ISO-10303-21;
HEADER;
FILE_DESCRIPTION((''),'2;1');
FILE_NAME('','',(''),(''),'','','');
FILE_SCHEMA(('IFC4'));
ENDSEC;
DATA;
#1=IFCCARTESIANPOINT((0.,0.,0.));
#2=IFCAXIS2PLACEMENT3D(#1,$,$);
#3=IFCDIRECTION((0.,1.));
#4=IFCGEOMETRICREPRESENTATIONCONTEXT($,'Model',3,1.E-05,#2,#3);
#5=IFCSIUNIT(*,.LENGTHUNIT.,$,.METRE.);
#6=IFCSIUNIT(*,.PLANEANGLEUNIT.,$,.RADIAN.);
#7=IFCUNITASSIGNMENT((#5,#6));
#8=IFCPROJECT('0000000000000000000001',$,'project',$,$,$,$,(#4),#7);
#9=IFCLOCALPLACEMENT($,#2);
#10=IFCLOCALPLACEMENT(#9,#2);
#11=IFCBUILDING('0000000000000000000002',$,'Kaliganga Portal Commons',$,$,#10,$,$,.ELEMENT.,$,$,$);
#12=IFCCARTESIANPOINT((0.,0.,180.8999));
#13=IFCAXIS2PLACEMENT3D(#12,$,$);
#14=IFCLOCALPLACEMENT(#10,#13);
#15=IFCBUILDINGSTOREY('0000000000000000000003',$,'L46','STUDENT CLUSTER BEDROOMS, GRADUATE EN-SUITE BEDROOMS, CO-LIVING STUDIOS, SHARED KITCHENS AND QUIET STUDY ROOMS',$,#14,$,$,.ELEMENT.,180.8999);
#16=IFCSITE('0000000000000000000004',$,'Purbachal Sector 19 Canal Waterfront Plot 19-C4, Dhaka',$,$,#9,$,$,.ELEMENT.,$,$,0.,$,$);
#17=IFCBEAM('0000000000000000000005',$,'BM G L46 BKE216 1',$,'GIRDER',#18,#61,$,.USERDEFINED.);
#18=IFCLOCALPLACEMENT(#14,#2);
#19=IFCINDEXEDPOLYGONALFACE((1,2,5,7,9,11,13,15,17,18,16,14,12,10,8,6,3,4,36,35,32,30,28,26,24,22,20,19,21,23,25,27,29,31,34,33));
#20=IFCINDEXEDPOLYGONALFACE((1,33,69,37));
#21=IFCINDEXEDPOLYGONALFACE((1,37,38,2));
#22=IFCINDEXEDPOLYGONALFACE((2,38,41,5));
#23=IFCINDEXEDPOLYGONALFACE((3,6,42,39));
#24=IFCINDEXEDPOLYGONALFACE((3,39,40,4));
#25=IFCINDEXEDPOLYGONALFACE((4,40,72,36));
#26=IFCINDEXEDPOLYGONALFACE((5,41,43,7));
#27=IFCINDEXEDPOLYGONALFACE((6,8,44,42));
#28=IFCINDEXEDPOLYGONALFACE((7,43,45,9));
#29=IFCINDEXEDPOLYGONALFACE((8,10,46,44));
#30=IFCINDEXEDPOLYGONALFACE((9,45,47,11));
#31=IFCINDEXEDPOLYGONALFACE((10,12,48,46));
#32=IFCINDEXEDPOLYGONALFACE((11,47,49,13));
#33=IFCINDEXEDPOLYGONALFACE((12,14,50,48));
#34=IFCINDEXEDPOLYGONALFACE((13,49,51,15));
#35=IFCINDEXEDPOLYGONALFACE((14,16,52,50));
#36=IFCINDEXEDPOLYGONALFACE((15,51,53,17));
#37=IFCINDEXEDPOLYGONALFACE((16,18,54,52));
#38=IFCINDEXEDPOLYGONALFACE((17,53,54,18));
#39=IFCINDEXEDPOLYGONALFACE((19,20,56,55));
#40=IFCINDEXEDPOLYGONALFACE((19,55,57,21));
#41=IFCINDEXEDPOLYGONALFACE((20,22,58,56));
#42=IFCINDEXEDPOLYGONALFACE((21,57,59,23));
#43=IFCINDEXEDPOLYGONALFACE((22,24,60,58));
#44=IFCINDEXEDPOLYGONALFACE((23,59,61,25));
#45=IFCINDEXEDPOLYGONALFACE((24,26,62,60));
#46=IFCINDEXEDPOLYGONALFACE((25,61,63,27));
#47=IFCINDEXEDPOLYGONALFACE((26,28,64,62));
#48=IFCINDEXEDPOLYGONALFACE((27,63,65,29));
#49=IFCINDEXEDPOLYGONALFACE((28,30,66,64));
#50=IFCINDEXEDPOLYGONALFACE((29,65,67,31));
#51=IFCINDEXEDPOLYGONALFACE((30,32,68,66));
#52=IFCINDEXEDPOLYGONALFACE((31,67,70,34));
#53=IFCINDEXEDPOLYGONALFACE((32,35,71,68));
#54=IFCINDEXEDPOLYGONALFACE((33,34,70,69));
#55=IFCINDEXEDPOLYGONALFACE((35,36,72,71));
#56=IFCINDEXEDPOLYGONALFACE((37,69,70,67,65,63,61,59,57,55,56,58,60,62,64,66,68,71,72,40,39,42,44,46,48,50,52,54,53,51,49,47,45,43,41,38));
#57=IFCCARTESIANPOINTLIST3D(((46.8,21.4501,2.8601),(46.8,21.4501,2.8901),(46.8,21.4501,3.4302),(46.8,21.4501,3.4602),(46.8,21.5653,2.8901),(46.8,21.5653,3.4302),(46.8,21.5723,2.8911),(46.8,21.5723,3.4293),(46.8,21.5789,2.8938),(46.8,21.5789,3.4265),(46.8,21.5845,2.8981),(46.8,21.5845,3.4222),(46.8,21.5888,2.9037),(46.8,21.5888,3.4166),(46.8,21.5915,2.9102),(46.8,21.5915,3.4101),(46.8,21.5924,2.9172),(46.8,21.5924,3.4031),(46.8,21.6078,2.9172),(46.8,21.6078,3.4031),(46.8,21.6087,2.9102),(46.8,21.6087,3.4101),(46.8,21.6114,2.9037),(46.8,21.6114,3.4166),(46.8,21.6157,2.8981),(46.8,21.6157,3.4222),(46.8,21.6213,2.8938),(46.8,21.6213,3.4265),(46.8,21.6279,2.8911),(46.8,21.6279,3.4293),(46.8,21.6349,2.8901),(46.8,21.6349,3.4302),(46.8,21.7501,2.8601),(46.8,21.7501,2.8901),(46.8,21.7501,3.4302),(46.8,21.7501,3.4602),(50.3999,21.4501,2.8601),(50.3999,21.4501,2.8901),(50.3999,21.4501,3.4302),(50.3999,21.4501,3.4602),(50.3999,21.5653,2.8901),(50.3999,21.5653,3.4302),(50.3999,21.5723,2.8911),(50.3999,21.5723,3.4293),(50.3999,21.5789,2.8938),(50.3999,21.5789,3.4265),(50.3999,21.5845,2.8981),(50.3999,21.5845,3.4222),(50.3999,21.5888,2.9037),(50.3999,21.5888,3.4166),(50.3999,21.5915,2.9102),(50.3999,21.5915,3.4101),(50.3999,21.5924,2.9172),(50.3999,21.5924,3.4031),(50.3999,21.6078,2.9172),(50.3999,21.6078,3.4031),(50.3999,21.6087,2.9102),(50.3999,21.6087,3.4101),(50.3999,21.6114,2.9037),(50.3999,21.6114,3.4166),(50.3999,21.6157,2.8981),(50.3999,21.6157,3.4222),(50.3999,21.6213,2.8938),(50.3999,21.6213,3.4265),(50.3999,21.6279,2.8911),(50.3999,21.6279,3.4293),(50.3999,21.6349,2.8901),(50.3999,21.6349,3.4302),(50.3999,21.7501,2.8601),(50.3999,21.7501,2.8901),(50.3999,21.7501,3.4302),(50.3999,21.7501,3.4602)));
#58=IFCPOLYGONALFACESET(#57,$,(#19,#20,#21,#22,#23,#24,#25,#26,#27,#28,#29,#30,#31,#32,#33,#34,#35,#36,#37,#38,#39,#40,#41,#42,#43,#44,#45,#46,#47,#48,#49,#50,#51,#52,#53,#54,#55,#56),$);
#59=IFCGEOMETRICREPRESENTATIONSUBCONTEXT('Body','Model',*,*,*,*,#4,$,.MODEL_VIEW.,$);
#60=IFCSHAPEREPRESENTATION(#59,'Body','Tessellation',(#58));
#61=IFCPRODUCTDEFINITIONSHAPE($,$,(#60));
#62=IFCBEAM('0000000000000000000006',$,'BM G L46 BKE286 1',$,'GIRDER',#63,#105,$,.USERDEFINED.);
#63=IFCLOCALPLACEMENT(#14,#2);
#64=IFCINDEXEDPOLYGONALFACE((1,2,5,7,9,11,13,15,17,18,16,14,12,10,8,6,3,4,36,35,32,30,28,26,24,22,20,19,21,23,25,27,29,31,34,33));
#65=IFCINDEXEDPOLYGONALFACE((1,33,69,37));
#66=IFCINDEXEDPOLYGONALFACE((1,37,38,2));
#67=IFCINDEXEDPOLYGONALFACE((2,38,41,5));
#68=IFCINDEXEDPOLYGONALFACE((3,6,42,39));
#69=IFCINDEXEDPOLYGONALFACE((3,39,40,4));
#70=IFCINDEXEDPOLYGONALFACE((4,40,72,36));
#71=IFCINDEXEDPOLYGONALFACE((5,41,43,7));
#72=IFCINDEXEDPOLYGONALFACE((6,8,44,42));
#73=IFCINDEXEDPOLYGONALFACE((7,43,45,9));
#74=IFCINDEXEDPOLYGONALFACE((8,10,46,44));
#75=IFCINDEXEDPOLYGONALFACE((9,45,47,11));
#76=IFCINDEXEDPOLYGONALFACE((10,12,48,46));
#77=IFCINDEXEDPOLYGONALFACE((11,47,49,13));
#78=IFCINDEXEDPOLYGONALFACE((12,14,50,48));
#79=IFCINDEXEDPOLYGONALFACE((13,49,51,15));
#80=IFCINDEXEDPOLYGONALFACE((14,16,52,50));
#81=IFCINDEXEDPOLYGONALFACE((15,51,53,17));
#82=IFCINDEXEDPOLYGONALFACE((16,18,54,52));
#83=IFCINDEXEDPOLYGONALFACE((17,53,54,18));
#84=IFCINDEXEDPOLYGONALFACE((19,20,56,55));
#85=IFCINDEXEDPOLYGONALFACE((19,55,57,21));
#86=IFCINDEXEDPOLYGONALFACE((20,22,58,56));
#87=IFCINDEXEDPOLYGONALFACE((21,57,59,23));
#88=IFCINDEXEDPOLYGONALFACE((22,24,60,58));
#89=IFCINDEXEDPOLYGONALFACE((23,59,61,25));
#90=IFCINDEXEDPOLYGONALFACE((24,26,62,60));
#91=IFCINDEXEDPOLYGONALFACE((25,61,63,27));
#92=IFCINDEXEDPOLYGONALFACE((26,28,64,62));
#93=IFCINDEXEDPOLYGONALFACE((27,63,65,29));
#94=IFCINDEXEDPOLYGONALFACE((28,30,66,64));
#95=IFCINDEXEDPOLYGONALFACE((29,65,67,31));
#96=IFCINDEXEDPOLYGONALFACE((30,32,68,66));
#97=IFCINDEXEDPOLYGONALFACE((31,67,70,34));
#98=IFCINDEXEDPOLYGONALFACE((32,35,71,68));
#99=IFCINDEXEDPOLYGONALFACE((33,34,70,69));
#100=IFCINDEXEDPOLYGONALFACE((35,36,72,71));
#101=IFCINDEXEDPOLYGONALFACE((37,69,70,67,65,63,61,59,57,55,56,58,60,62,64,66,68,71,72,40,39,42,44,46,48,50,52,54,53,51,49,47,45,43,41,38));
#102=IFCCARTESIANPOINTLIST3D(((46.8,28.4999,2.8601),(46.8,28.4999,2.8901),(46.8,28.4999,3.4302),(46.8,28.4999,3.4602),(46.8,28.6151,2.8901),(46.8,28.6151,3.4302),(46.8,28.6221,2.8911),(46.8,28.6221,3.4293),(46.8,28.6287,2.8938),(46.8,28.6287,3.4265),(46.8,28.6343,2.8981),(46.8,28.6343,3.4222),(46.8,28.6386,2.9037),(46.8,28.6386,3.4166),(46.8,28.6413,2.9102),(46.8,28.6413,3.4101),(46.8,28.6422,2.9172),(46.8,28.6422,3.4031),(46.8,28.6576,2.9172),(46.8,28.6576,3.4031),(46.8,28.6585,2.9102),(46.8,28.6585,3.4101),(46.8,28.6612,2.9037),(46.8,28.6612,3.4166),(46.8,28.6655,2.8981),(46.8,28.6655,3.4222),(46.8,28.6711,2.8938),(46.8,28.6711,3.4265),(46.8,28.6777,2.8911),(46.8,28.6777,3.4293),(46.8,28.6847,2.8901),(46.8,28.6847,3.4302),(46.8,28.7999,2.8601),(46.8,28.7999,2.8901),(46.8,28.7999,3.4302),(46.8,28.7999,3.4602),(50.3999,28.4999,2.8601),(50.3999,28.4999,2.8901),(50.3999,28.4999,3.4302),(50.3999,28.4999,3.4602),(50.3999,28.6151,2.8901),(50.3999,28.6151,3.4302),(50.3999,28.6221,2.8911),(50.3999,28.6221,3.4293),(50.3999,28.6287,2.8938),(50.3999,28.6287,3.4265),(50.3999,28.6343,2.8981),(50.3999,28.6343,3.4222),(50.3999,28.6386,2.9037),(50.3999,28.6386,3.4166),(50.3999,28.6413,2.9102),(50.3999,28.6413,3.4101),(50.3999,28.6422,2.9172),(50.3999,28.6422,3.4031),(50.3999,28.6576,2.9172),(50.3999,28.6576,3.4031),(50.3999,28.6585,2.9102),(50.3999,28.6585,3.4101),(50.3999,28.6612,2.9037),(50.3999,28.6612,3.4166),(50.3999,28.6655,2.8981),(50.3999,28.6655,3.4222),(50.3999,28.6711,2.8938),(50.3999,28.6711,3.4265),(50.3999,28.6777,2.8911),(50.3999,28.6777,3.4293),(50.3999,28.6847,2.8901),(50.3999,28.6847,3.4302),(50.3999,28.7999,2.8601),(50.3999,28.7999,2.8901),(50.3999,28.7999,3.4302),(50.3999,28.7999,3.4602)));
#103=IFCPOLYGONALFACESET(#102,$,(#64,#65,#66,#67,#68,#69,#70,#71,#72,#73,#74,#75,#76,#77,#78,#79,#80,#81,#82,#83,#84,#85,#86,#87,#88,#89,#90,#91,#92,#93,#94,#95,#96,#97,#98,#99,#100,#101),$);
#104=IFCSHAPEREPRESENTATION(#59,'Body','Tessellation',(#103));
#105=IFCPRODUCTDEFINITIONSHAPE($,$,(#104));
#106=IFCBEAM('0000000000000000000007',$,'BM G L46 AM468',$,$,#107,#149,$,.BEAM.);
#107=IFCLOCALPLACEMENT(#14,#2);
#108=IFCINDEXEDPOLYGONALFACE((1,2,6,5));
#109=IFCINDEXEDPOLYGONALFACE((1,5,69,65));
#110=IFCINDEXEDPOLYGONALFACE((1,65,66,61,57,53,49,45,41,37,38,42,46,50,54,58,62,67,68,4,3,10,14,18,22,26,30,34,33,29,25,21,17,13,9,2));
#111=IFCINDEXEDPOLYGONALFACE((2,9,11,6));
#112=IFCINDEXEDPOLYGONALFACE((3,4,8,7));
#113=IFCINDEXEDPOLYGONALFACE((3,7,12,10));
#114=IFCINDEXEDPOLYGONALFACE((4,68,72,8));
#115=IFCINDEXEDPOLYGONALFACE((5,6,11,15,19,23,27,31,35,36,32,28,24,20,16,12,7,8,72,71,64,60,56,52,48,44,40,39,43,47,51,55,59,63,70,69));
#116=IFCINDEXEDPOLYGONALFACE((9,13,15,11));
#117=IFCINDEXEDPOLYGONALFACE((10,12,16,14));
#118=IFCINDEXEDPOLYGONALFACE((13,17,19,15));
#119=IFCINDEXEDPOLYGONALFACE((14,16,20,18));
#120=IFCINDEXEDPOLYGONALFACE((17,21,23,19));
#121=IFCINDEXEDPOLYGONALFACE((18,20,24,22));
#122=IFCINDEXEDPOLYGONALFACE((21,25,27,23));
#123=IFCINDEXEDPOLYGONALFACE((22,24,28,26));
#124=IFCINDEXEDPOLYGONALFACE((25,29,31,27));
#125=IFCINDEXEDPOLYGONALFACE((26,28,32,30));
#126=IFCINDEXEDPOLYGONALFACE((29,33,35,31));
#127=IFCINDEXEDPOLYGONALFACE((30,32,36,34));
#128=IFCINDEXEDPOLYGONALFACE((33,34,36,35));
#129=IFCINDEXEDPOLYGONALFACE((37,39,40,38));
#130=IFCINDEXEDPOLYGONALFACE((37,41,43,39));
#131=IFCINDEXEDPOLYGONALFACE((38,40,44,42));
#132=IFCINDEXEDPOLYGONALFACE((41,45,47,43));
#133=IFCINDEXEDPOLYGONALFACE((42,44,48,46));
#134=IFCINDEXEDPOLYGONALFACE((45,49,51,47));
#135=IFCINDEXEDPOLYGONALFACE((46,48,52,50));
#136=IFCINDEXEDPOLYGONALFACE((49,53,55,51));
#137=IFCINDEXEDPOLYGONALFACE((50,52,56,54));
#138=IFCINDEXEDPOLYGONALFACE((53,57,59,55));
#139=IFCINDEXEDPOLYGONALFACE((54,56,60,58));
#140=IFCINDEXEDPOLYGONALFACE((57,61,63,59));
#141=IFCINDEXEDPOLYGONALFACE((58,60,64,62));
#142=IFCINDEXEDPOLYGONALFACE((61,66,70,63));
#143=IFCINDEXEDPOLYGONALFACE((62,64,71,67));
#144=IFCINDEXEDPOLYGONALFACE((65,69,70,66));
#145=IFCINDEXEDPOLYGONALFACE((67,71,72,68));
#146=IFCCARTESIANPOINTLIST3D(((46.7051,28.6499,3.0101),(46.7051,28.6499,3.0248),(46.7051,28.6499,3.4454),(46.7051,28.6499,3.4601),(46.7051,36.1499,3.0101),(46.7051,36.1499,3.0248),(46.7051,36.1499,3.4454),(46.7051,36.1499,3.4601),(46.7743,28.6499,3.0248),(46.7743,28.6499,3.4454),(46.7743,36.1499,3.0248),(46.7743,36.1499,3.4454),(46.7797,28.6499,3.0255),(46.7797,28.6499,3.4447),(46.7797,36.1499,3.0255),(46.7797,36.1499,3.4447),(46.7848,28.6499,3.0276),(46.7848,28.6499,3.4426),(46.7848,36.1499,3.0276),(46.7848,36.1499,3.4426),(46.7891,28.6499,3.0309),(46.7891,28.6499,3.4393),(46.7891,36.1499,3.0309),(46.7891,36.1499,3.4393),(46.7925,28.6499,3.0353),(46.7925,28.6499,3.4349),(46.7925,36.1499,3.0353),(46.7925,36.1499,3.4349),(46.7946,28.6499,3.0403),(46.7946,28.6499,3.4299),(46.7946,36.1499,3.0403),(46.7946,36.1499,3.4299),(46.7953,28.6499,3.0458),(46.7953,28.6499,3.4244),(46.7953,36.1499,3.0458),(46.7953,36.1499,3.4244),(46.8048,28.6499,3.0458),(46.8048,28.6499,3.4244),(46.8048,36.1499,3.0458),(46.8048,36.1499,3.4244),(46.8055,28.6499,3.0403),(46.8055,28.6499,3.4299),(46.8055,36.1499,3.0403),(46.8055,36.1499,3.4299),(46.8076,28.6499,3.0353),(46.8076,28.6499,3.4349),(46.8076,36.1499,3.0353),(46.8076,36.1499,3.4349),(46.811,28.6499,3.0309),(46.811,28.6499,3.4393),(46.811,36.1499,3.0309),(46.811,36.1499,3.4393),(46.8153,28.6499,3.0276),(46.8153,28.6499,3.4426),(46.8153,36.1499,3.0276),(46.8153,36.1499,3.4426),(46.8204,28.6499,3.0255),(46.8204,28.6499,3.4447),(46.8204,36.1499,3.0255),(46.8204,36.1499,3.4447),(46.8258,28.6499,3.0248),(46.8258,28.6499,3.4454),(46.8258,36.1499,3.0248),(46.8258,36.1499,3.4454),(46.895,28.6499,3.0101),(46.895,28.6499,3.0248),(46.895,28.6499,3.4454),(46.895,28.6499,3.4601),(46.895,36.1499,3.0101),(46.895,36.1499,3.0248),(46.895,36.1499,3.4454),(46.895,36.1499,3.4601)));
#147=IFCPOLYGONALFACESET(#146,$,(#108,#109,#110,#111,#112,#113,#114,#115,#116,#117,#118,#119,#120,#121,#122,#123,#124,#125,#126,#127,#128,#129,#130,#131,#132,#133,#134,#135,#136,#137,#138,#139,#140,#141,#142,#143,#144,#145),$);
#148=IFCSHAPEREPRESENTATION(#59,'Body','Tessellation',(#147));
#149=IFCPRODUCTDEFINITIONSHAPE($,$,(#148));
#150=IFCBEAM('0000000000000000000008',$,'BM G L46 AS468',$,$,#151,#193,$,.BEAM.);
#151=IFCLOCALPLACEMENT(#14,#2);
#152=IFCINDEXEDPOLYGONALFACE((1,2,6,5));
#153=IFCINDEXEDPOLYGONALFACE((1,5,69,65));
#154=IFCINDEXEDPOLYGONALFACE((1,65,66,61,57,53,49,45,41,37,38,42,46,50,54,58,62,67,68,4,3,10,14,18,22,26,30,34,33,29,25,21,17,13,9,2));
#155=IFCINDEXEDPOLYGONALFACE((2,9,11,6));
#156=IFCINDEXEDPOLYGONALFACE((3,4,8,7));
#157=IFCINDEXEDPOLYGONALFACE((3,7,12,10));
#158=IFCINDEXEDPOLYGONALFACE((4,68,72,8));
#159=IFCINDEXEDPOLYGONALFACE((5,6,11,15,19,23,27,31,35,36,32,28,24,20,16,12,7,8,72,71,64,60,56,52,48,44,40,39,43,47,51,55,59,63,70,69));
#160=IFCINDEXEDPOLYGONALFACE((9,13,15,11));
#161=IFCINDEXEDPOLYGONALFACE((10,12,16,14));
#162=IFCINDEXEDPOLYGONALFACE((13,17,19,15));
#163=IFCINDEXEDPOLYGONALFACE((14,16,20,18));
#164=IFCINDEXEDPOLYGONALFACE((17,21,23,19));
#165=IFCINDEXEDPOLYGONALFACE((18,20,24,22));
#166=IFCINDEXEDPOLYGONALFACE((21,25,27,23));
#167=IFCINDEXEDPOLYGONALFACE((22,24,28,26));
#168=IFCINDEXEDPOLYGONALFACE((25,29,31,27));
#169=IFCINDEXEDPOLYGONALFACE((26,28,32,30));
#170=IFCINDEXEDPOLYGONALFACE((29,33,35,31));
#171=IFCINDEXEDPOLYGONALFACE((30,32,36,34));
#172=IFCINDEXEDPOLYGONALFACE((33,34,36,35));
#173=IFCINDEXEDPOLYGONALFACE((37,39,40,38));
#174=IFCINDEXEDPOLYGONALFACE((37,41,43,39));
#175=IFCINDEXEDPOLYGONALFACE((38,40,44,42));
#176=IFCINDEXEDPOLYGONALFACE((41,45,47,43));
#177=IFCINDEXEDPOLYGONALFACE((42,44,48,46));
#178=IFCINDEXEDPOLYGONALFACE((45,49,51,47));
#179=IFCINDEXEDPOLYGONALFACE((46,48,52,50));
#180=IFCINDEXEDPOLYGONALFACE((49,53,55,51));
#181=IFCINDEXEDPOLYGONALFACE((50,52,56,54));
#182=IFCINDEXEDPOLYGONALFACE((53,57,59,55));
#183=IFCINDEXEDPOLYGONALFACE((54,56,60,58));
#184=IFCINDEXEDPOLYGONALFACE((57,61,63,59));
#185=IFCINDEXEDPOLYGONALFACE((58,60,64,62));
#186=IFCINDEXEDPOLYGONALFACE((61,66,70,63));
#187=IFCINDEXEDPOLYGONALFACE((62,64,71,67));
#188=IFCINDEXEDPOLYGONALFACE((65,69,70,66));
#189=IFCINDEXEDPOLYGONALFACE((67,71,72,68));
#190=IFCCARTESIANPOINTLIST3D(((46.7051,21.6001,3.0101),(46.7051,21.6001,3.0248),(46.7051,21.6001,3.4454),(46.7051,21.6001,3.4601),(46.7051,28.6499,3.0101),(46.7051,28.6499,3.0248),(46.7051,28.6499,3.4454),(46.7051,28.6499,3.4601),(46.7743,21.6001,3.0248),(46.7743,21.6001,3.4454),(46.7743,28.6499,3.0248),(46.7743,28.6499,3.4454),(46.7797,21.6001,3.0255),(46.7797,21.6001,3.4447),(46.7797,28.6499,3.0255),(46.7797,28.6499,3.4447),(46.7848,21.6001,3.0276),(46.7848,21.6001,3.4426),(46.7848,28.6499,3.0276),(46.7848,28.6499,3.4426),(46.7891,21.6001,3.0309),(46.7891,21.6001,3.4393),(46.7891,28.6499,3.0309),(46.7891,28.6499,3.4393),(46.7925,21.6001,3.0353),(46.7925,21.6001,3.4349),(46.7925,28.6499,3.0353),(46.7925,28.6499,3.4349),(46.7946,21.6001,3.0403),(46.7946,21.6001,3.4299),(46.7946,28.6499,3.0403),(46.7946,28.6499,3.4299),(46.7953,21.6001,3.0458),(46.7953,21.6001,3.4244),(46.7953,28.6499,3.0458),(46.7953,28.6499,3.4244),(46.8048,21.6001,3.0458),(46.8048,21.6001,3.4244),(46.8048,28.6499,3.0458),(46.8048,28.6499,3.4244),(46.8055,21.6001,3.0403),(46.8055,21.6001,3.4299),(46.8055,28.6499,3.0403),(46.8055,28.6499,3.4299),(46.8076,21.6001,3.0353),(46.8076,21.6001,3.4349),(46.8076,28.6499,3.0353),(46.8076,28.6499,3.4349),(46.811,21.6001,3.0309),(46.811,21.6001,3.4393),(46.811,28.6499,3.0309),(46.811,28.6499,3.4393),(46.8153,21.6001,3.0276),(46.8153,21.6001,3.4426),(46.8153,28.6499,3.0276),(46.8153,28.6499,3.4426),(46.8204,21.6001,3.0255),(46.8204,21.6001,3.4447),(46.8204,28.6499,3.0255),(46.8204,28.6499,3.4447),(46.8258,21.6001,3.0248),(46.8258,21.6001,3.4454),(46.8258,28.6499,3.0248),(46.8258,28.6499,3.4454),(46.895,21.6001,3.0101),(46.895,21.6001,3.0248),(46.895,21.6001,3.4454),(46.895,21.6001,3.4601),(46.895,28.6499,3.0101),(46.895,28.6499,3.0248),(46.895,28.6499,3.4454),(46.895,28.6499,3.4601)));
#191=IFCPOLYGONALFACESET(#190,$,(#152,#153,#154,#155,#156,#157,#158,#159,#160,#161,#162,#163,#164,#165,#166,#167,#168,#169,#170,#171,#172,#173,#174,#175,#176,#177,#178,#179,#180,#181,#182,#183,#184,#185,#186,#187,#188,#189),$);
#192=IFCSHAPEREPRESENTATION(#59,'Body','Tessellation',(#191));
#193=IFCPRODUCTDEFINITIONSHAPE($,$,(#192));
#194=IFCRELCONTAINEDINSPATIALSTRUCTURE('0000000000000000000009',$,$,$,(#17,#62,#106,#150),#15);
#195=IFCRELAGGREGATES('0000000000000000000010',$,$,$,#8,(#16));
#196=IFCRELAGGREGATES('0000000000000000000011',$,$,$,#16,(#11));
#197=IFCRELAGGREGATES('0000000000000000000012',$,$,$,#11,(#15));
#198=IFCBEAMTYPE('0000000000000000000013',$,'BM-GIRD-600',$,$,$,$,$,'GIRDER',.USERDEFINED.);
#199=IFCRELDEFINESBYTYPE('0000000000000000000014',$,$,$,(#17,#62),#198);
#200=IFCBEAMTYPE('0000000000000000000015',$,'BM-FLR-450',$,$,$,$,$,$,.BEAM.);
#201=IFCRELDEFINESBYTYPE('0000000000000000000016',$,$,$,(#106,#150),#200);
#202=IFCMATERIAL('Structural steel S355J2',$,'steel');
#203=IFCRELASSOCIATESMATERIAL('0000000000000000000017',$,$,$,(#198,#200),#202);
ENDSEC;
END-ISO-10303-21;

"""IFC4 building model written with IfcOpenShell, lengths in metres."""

from ifc_helpers import new_model, si_unit, direction, frame, origin, origin_2d, place, context, subcontext, project, spatial, i_section, extrude, source, transform, mapped, material, material_profile, profile_set, type_object, element, save


model = new_model("IFC4")

# Units and contexts
model_context = context("Model", 3, precision=1e-05, world=origin(), true_north=direction((0.0, 1.0)))
body_context = subcontext(model_context, "Body", "Model", "MODEL_VIEW")
ifc_project = project(units=[si_unit("LENGTHUNIT", "METRE"), si_unit("PLANEANGLEUNIT", "RADIAN")], contexts=[model_context])

# Site, building, storey
site_placement = place(None, origin())
site = spatial("IfcSite", under=ifc_project, at=site_placement, Name="Purbachal Sector 19 Canal Waterfront Plot 19-C4, Dhaka", CompositionType="ELEMENT", RefElevation=0.0)
building_placement = place(site_placement, origin())
building = spatial("IfcBuilding", under=site, at=building_placement, Name="Kaliganga Portal Commons", CompositionType="ELEMENT")
storey_placement = place(building_placement, frame((0.0, 0.0, 180.8999)))
storey = spatial("IfcBuildingStorey", under=building, at=storey_placement, Name="L46", Description="STUDENT CLUSTER BEDROOMS, GRADUATE EN-SUITE BEDROOMS, CO-LIVING STUDIOS, SHARED KITCHENS AND QUIET STUDY ROOMS", CompositionType="ELEMENT", Elevation=180.8999)

# Beams
ifc_material_1 = material(Name="Structural steel S355J2", Category="steel")
ifc_material_profile_1 = material_profile(ifc_material_1, i_section(OverallWidth=0.3, OverallDepth=0.6001, WebThickness=0.0154, FlangeThickness=0.03, FilletRadius=0.0271, at=origin_2d()), Name="HE 600 B")
ifc_profile_set_1 = profile_set([ifc_material_profile_1], Name="Structural steel S355J2 wide-flange")
beam_type_1 = type_object("IfcBeamType", Name="BM-GIRD-600", ElementType="GIRDER", PredefinedType="USERDEFINED", material=ifc_profile_set_1)
shared_shape_1 = source(origin(), body_context, "Body", "SweptSolid", [
    extrude(i_section(OverallWidth=0.3, OverallDepth=0.6001, WebThickness=0.0154, FlangeThickness=0.03, FilletRadius=0.0271, at=origin_2d()), origin(), (0.0, 0.0, 1.0), 3.5999),
])
for number, where, z_axis, x_axis, name in (
    (1, (46.8, 21.6001, 3.1602), (1.0, 0.0, 0.0), (0.0, 1.0, 0.0), "BM G L46 BKE216 1"),
    (2, (46.8, 28.6499, 3.1602), (1.0, 0.0, 0.0), (0.0, 1.0, 0.0), "BM G L46 BKE286 1"),
):
    element("IfcBeam", number, at=place(storey_placement, frame(where, z_axis=z_axis, x_axis=x_axis)), inside=storey, type_object=beam_type_1, Name=name, ObjectType="GIRDER", PredefinedType="USERDEFINED", context=body_context, shape_type="MappedRepresentation", body=[
        mapped(shared_shape_1, transform((0.0, 0.0, 0.0), x_axis=(1.0, 0.0, 0.0), y_axis=(0.0, 1.0, 0.0), z_axis=(0.0, 0.0, 1.0), scale=1.0)),
    ])
ifc_material_profile_2 = material_profile(ifc_material_1, i_section(OverallWidth=0.1899, OverallDepth=0.45, WebThickness=0.0095, FlangeThickness=0.0146, FilletRadius=0.021, at=origin_2d()), Name="IPE 450")
ifc_profile_set_2 = profile_set([ifc_material_profile_2], Name="Structural steel S355J2 wide-flange")
beam_type_2 = type_object("IfcBeamType", Name="BM-FLR-450", PredefinedType="BEAM", material=ifc_profile_set_2)
shared_shape_2 = source(origin(), body_context, "Body", "SweptSolid", [
    extrude(i_section(OverallWidth=0.1899, OverallDepth=0.45, WebThickness=0.0095, FlangeThickness=0.0146, FilletRadius=0.021, at=origin_2d()), origin(), (0.0, 0.0, 1.0), 7.5),
])
beam_1_placement = place(storey_placement, frame((46.8, 28.6499, 3.2351), z_axis=(0.0, 1.0, 0.0), x_axis=(-1.0, 0.0, 0.0)))
element("IfcBeam", 3, at=beam_1_placement, inside=storey, type_object=beam_type_2, Name="BM G L46 AM468", PredefinedType="BEAM", context=body_context, shape_type="MappedRepresentation", body=[
    mapped(shared_shape_2, transform((0.0, 0.0, 0.0), x_axis=(1.0, 0.0, 0.0), y_axis=(0.0, 1.0, 0.0), z_axis=(0.0, 0.0, 1.0), scale=1.0)),
])
shared_shape_3 = source(origin(), body_context, "Body", "SweptSolid", [
    extrude(i_section(OverallWidth=0.1899, OverallDepth=0.45, WebThickness=0.0095, FlangeThickness=0.0146, FilletRadius=0.021, at=origin_2d()), origin(), (0.0, 0.0, 1.0), 7.0498),
])
beam_2_placement = place(storey_placement, frame((46.8, 21.6001, 3.2351), z_axis=(0.0, 1.0, 0.0), x_axis=(-1.0, 0.0, 0.0)))
element("IfcBeam", 4, at=beam_2_placement, inside=storey, type_object=beam_type_2, Name="BM G L46 AS468", PredefinedType="BEAM", context=body_context, shape_type="MappedRepresentation", body=[
    mapped(shared_shape_3, transform((0.0, 0.0, 0.0), x_axis=(1.0, 0.0, 0.0), y_axis=(0.0, 1.0, 0.0), z_axis=(0.0, 0.0, 1.0), scale=1.0)),
])

save(model, "model.ifc")
